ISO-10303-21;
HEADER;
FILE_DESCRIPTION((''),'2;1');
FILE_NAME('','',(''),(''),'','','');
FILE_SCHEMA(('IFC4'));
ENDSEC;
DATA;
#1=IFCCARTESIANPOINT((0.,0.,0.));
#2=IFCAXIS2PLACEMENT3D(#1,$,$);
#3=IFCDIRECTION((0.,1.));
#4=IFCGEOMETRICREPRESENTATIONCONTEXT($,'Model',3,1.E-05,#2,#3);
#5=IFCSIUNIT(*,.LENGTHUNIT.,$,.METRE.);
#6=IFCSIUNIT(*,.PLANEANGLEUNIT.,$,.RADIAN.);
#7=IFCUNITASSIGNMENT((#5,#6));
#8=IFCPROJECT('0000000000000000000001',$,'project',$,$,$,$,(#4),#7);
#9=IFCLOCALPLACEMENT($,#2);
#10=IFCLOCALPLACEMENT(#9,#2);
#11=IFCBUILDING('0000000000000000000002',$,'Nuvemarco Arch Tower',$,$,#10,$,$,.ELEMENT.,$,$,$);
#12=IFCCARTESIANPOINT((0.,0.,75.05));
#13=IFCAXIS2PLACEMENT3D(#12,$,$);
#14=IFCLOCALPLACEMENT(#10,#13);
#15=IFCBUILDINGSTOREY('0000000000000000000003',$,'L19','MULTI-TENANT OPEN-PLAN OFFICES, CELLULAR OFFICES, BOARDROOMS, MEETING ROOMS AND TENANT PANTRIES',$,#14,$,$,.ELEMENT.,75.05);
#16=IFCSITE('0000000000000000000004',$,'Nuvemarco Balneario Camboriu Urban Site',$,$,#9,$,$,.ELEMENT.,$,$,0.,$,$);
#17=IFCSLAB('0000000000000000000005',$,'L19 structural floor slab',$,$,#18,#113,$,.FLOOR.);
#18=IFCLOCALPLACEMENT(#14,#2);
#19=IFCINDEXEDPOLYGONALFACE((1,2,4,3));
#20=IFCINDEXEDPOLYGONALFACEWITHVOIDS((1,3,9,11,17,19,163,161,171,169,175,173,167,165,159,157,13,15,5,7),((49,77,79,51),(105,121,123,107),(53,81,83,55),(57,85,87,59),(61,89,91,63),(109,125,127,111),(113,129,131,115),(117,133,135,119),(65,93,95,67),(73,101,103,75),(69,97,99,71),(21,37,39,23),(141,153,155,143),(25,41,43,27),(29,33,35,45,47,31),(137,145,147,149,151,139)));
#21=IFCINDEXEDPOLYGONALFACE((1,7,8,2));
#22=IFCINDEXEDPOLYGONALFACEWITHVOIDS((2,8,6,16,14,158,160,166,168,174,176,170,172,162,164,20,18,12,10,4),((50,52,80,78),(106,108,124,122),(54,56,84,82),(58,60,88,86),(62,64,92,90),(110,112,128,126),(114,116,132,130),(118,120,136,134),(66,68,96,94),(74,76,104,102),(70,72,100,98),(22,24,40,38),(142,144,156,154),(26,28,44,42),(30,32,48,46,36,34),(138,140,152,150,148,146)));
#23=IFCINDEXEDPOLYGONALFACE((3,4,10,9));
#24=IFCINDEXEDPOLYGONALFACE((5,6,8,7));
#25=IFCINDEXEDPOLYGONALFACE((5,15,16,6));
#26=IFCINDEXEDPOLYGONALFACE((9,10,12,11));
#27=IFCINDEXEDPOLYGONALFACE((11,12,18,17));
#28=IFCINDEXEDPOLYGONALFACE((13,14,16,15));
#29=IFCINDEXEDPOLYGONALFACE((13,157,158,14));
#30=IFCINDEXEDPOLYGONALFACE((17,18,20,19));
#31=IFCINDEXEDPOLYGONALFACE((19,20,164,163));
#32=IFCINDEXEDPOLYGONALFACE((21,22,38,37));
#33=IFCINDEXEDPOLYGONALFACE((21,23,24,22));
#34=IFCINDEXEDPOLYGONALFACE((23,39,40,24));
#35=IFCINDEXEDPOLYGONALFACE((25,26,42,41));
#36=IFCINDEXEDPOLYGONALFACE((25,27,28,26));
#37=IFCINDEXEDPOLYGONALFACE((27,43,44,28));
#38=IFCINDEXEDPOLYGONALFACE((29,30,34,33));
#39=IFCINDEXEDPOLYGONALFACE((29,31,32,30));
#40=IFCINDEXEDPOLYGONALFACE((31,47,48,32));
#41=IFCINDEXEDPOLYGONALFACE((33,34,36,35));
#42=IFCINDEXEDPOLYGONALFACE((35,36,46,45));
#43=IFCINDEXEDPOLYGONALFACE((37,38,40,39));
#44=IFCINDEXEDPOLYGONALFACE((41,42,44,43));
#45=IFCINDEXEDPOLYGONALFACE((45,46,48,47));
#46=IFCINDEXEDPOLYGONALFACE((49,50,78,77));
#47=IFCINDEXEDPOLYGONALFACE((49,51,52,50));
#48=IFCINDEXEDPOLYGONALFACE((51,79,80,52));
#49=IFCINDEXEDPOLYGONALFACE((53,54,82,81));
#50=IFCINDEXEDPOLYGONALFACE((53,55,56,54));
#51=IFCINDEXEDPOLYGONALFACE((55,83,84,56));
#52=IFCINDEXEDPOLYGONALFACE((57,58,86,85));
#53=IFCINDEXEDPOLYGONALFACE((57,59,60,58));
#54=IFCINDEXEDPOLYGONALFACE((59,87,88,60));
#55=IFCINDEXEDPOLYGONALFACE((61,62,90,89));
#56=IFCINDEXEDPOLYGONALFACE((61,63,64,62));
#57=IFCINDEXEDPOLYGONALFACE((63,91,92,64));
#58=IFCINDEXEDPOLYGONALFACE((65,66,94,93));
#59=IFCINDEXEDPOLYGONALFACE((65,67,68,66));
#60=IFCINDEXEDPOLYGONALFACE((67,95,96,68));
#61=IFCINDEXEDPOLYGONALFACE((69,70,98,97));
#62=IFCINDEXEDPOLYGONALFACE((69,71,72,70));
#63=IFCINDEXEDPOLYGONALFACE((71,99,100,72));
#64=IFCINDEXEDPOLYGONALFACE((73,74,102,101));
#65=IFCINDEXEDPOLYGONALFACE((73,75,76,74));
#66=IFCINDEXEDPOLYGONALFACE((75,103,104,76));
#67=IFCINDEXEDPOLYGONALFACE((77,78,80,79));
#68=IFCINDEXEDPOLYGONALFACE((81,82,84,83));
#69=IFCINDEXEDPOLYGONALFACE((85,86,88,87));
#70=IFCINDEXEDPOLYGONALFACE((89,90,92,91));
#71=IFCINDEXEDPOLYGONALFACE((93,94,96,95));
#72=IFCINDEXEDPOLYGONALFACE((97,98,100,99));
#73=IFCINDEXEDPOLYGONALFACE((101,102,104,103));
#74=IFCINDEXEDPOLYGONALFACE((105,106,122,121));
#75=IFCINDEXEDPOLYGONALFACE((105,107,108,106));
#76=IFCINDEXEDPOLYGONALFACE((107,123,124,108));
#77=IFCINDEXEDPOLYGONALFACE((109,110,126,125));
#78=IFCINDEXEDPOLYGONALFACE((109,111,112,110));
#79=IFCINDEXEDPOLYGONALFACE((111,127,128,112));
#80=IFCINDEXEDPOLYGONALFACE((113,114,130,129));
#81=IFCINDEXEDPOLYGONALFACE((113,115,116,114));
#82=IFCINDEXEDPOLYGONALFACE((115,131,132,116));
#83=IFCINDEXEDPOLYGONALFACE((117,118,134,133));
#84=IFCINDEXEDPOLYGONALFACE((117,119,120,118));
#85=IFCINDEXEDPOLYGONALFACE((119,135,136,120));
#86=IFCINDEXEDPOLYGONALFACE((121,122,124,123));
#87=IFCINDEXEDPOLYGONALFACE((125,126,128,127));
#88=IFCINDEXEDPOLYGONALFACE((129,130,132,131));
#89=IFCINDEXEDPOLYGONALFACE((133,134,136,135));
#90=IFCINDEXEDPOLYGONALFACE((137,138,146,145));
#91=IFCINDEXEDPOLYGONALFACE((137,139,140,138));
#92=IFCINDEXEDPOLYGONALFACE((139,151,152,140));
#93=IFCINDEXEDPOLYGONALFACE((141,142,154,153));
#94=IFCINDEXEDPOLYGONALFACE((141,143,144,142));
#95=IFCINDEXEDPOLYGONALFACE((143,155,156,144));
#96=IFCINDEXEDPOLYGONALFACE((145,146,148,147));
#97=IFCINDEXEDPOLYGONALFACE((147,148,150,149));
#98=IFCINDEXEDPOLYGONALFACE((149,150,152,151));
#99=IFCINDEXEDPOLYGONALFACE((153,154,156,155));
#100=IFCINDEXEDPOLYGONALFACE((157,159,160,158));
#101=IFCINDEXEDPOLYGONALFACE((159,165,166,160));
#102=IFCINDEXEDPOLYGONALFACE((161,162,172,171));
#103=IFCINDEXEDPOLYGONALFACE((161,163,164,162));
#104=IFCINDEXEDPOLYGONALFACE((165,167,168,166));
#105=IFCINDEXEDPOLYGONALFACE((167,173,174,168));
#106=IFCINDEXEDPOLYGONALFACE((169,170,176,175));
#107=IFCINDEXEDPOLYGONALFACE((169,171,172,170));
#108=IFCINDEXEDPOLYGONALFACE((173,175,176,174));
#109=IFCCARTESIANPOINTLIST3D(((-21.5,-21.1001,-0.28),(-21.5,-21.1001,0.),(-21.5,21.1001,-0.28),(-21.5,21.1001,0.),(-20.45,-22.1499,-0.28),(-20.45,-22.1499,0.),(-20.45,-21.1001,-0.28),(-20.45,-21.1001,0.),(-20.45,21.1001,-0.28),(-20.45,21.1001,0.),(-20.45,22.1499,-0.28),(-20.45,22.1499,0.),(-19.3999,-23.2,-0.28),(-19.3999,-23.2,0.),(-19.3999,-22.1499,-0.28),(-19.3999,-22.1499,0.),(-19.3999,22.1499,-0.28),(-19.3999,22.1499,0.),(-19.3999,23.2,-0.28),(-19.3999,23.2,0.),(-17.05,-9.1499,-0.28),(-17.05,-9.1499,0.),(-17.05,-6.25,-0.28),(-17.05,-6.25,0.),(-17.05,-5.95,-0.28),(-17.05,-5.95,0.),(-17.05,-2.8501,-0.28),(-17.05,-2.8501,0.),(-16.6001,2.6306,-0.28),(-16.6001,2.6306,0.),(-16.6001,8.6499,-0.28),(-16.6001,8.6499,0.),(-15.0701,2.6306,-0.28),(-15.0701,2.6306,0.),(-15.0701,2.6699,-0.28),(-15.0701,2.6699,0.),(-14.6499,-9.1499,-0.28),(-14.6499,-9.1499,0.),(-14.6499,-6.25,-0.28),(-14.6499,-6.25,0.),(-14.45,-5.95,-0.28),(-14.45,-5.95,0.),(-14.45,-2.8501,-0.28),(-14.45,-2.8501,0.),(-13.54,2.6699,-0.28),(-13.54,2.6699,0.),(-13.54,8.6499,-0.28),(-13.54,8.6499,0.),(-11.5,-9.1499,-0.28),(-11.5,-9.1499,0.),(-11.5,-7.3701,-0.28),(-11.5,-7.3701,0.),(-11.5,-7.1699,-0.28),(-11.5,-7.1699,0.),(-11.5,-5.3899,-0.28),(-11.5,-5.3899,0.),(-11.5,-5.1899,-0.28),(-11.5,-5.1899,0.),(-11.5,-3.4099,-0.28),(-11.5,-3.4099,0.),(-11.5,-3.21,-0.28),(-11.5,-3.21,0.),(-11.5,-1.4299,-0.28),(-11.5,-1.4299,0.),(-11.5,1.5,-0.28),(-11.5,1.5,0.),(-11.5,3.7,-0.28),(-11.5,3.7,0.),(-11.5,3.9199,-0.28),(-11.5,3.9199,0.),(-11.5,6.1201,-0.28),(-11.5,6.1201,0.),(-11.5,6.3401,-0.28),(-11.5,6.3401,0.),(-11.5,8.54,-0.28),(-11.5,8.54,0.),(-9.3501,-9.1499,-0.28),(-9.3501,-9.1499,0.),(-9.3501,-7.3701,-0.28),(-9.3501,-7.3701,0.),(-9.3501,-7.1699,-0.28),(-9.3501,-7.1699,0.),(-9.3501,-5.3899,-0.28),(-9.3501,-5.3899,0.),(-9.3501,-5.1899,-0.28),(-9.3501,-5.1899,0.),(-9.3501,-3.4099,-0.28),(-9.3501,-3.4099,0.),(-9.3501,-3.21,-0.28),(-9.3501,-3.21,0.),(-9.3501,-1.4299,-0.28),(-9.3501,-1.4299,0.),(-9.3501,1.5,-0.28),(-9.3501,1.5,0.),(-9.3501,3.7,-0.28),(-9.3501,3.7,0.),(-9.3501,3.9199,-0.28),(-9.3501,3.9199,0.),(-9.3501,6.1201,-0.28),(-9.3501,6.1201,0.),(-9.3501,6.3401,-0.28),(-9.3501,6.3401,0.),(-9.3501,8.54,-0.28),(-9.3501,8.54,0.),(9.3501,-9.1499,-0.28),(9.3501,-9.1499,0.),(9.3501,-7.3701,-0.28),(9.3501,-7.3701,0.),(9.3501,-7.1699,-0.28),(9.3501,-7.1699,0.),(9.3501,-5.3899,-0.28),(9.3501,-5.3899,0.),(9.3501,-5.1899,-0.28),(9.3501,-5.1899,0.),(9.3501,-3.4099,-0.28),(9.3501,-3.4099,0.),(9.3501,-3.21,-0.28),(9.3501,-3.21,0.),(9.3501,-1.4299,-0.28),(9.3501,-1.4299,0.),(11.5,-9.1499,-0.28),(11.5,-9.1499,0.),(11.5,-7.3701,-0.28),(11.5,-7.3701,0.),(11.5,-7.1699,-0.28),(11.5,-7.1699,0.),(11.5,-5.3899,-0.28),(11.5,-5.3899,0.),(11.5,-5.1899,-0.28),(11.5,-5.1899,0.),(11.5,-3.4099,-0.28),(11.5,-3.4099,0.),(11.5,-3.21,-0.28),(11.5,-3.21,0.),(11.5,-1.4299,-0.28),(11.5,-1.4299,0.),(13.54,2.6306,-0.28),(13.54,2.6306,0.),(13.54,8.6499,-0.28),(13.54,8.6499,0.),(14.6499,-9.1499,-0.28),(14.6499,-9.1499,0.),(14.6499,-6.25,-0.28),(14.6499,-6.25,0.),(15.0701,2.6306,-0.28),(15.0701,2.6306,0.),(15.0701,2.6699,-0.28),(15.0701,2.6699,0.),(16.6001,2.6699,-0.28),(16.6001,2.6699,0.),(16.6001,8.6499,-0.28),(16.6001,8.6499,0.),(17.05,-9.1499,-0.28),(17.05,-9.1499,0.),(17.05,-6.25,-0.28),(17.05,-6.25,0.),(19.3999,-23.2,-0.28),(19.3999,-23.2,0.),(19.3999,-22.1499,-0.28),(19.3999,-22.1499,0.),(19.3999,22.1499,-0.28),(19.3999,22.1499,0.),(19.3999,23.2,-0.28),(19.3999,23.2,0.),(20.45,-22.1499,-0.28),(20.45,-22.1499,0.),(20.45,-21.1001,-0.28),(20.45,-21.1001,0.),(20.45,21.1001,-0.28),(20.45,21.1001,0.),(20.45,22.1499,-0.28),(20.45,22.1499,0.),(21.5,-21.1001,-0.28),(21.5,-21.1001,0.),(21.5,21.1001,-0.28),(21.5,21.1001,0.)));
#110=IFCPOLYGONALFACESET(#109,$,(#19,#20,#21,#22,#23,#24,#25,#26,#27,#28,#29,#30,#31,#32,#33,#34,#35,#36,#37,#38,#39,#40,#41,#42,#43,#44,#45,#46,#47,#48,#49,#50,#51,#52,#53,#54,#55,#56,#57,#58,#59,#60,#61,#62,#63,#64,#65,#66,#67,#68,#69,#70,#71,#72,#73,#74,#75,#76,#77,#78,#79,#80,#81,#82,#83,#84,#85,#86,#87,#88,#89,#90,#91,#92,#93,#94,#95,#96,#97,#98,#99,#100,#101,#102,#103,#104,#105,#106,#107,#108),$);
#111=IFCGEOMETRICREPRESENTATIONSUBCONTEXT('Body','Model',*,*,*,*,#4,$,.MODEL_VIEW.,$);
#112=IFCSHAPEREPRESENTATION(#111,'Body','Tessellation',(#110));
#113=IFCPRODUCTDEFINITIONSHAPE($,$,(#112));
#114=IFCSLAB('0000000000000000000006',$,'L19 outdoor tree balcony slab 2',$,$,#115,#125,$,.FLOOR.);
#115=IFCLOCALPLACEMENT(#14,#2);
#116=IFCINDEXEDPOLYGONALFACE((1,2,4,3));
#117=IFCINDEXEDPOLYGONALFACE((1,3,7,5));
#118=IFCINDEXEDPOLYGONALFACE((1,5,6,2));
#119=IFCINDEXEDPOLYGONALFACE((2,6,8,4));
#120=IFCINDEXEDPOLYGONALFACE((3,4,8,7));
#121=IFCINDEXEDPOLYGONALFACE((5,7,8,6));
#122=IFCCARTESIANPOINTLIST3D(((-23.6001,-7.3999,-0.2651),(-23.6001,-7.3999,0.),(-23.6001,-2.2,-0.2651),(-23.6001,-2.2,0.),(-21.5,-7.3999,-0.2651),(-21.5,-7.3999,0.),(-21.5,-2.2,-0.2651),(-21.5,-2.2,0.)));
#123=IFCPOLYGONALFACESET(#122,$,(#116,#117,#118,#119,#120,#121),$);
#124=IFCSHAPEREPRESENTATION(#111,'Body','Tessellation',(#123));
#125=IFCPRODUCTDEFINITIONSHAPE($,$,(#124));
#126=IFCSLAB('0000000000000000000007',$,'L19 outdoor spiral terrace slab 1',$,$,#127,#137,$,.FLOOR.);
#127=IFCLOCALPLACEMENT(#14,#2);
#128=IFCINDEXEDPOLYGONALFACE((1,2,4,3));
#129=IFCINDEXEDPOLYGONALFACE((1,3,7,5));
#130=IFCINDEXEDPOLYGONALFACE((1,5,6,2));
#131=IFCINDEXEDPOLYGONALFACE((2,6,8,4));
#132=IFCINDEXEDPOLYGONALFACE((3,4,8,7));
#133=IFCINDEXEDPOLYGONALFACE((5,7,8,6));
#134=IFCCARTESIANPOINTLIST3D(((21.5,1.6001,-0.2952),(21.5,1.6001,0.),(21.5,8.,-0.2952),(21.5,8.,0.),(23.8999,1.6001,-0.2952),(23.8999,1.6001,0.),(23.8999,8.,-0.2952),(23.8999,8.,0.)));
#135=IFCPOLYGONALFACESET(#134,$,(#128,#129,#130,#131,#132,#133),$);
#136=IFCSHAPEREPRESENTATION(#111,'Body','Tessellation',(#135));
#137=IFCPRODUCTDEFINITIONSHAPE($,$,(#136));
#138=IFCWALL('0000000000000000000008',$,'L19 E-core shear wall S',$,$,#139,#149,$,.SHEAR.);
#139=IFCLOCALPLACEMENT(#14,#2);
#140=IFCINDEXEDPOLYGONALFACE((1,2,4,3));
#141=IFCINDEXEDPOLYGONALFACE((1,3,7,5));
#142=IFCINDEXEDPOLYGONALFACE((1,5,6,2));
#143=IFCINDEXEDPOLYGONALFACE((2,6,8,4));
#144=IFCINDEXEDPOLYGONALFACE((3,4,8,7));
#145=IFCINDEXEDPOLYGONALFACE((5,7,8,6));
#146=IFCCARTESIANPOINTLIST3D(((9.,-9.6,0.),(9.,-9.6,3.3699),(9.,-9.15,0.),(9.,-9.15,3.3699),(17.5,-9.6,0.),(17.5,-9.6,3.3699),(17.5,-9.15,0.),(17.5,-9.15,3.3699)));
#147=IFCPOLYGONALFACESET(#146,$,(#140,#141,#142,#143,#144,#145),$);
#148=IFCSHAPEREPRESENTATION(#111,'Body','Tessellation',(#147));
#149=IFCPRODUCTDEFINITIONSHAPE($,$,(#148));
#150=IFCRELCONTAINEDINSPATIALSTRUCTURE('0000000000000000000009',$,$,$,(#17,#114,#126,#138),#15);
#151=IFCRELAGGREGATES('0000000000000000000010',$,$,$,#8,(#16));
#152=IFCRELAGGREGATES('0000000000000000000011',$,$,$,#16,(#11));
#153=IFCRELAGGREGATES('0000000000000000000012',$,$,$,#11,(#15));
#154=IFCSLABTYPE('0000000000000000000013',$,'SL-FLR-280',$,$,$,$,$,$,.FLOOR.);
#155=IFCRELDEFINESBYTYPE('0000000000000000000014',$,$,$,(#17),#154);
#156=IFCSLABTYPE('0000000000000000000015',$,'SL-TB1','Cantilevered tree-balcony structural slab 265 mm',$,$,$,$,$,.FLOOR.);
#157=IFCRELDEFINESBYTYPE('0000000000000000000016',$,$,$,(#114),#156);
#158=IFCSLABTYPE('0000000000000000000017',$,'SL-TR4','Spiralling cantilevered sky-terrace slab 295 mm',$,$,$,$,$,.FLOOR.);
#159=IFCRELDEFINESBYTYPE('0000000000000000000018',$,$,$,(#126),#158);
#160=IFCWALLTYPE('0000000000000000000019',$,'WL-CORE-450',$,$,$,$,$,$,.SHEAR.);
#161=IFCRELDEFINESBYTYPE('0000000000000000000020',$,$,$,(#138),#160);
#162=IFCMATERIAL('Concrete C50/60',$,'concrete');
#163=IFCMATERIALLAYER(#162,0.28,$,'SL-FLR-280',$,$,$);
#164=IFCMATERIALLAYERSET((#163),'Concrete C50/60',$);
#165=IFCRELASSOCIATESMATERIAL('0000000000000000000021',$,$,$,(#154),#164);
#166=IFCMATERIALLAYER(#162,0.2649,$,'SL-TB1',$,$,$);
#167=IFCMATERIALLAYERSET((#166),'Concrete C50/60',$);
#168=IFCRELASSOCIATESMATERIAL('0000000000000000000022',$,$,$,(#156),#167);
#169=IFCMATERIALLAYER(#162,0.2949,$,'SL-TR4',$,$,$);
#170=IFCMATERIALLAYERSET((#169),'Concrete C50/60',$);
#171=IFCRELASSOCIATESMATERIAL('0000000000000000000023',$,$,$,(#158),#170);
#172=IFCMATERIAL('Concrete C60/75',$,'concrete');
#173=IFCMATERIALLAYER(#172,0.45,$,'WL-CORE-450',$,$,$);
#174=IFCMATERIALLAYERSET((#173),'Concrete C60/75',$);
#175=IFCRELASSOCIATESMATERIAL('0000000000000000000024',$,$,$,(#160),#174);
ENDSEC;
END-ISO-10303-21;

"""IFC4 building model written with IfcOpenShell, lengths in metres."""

from ifc_helpers import new_model, si_unit, direction, frame, frame_2d, origin, place, context, subcontext, project, spatial, polyline, rectangle, outline, extrude, material, layer, layer_set, type_object, element, save


model = new_model("IFC4")

# Units and contexts
model_context = context("Model", 3, precision=1e-05, world=origin(), true_north=direction((0.0, 1.0)))
body_context = subcontext(model_context, "Body", "Model", "MODEL_VIEW")
ifc_project = project(units=[si_unit("LENGTHUNIT", "METRE"), si_unit("PLANEANGLEUNIT", "RADIAN")], contexts=[model_context])

# Site, building, storey
site_placement = place(None, origin())
site = spatial("IfcSite", under=ifc_project, at=site_placement, Name="Nuvemarco Balneario Camboriu Urban Site", CompositionType="ELEMENT", RefElevation=0.0)
building_placement = place(site_placement, origin())
building = spatial("IfcBuilding", under=site, at=building_placement, Name="Nuvemarco Arch Tower", CompositionType="ELEMENT")
storey_placement = place(building_placement, frame((0.0, 0.0, 75.05)))
storey = spatial("IfcBuildingStorey", under=building, at=storey_placement, Name="L19", Description="MULTI-TENANT OPEN-PLAN OFFICES, CELLULAR OFFICES, BOARDROOMS, MEETING ROOMS AND TENANT PANTRIES", CompositionType="ELEMENT", Elevation=75.05)

# Shared definitions
ifc_material_1 = material(Name="Concrete C60/75", Category="concrete")

# Slabs
ifc_material_2 = material(Name="Concrete C50/60", Category="concrete")
ifc_layer_1 = layer(ifc_material_2, 0.28, Name="SL-FLR-280")
ifc_layer_set_1 = layer_set([ifc_layer_1], Name="Concrete C50/60")
slab_type_1 = type_object("IfcSlabType", Name="SL-FLR-280", PredefinedType="FLOOR", material=ifc_layer_set_1)
slab_1_placement = place(storey_placement, frame((0.0, 0.0, -0.28)))
element("IfcSlab", 1, at=slab_1_placement, inside=storey, type_object=slab_type_1, Name="L19 structural floor slab", PredefinedType="FLOOR", context=body_context, shape_type="SweptSolid", body=[
    extrude(outline(polyline([(-19.3999, -23.2), (19.3999, -23.2), (19.3999, -22.1499), (20.45, -22.1499), (20.45, -21.1001), (21.5, -21.1001), (21.5, 21.1001), (20.45, 21.1001), (20.45, 22.1499), (19.3999, 22.1499), (19.3999, 23.2), (-19.3999, 23.2), (-19.3999, 22.1499), (-20.45, 22.1499), (-20.45, 21.1001), (-21.5, 21.1001), (-21.5, -21.1001), (-20.45, -21.1001), (-20.45, -22.1499), (-19.3999, -22.1499), (-19.3999, -23.2)]), holes=[polyline([(-13.54, 2.6699), (-13.54, 8.6499), (-16.6001, 8.6499), (-16.6001, 2.6306), (-15.0701, 2.6306), (-15.0701, 2.6699), (-13.54, 2.6699)]), polyline([(16.6001, 2.6699), (16.6001, 8.6499), (13.54, 8.6499), (13.54, 2.6306), (15.0701, 2.6306), (15.0701, 2.6699), (16.6001, 2.6699)]), polyline([(-17.05, -9.1499), (-14.6499, -9.1499), (-14.6499, -6.25), (-17.05, -6.25), (-17.05, -9.1499)]), polyline([(-17.05, -5.95), (-14.45, -5.95), (-14.45, -2.8501), (-17.05, -2.8501), (-17.05, -5.95)]), polyline([(-11.5, -9.1499), (-9.3501, -9.1499), (-9.3501, -7.3701), (-11.5, -7.3701), (-11.5, -9.1499)]), polyline([(-11.5, -7.1699), (-9.3501, -7.1699), (-9.3501, -5.3899), (-11.5, -5.3899), (-11.5, -7.1699)]), polyline([(-11.5, -5.1899), (-9.3501, -5.1899), (-9.3501, -3.4099), (-11.5, -3.4099), (-11.5, -5.1899)]), polyline([(-11.5, -3.21), (-9.3501, -3.21), (-9.3501, -1.4299), (-11.5, -1.4299), (-11.5, -3.21)]), polyline([(-11.5, 1.5), (-9.3501, 1.5), (-9.3501, 3.7), (-11.5, 3.7), (-11.5, 1.5)]), polyline([(-11.5, 3.9199), (-9.3501, 3.9199), (-9.3501, 6.1201), (-11.5, 6.1201), (-11.5, 3.9199)]), polyline([(-11.5, 6.3401), (-9.3501, 6.3401), (-9.3501, 8.54), (-11.5, 8.54), (-11.5, 6.3401)]), polyline([(14.6499, -9.1499), (17.05, -9.1499), (17.05, -6.25), (14.6499, -6.25), (14.6499, -9.1499)]), polyline([(9.3501, -9.1499), (11.5, -9.1499), (11.5, -7.3701), (9.3501, -7.3701), (9.3501, -9.1499)]), polyline([(9.3501, -7.1699), (11.5, -7.1699), (11.5, -5.3899), (9.3501, -5.3899), (9.3501, -7.1699)]), polyline([(9.3501, -5.1899), (11.5, -5.1899), (11.5, -3.4099), (9.3501, -3.4099), (9.3501, -5.1899)]), polyline([(9.3501, -3.21), (11.5, -3.21), (11.5, -1.4299), (9.3501, -1.4299), (9.3501, -3.21)])]), origin(), (0.0, 0.0, 1.0), 0.28),
])
ifc_layer_2 = layer(ifc_material_2, 0.2649, Name="SL-TB1")
ifc_layer_set_2 = layer_set([ifc_layer_2], Name="Concrete C50/60")
slab_type_2 = type_object("IfcSlabType", Name="SL-TB1", Description="Cantilevered tree-balcony structural slab 265 mm", PredefinedType="FLOOR", material=ifc_layer_set_2)
slab_2_placement = place(storey_placement, frame((0.0, 0.0, -0.2651)))
element("IfcSlab", 2, at=slab_2_placement, inside=storey, type_object=slab_type_2, Name="L19 outdoor tree balcony slab 2", PredefinedType="FLOOR", context=body_context, shape_type="SweptSolid", body=[
    extrude(outline(polyline([(-23.6001, -7.3999), (-21.5, -7.3999), (-21.5, -2.2), (-23.6001, -2.2), (-23.6001, -7.3999)])), origin(), (0.0, 0.0, 1.0), 0.2651),
])
ifc_layer_3 = layer(ifc_material_2, 0.2949, Name="SL-TR4")
ifc_layer_set_3 = layer_set([ifc_layer_3], Name="Concrete C50/60")
slab_type_3 = type_object("IfcSlabType", Name="SL-TR4", Description="Spiralling cantilevered sky-terrace slab 295 mm", PredefinedType="FLOOR", material=ifc_layer_set_3)
slab_3_placement = place(storey_placement, frame((0.0, 0.0, -0.2952)))
element("IfcSlab", 3, at=slab_3_placement, inside=storey, type_object=slab_type_3, Name="L19 outdoor spiral terrace slab 1", PredefinedType="FLOOR", context=body_context, shape_type="SweptSolid", body=[
    extrude(outline(polyline([(21.5, 1.6001), (23.8999, 1.6001), (23.8999, 8.0), (21.5, 8.0), (21.5, 1.6001)])), origin(), (0.0, 0.0, 1.0), 0.2952),
])

# Wall
ifc_layer_4 = layer(ifc_material_1, 0.45, Name="WL-CORE-450")
ifc_layer_set_4 = layer_set([ifc_layer_4], Name="Concrete C60/75")
wall_type_1 = type_object("IfcWallType", Name="WL-CORE-450", PredefinedType="SHEAR", material=ifc_layer_set_4)
wall_1_placement = place(storey_placement, frame((9.0, -9.375, 0.0), z_axis=(0.0, 0.0, 1.0), x_axis=(1.0, 0.0, 0.0)))
element("IfcWall", 4, at=wall_1_placement, inside=storey, type_object=wall_type_1, Name="L19 E-core shear wall S", PredefinedType="SHEAR", context=body_context, shape_type="SweptSolid", body=[
    extrude(rectangle(XDim=8.5, YDim=0.45, at=frame_2d((4.25, 0.0))), origin(), (0.0, 0.0, 1.0), 3.3699),
])

save(model, "model.ifc")
